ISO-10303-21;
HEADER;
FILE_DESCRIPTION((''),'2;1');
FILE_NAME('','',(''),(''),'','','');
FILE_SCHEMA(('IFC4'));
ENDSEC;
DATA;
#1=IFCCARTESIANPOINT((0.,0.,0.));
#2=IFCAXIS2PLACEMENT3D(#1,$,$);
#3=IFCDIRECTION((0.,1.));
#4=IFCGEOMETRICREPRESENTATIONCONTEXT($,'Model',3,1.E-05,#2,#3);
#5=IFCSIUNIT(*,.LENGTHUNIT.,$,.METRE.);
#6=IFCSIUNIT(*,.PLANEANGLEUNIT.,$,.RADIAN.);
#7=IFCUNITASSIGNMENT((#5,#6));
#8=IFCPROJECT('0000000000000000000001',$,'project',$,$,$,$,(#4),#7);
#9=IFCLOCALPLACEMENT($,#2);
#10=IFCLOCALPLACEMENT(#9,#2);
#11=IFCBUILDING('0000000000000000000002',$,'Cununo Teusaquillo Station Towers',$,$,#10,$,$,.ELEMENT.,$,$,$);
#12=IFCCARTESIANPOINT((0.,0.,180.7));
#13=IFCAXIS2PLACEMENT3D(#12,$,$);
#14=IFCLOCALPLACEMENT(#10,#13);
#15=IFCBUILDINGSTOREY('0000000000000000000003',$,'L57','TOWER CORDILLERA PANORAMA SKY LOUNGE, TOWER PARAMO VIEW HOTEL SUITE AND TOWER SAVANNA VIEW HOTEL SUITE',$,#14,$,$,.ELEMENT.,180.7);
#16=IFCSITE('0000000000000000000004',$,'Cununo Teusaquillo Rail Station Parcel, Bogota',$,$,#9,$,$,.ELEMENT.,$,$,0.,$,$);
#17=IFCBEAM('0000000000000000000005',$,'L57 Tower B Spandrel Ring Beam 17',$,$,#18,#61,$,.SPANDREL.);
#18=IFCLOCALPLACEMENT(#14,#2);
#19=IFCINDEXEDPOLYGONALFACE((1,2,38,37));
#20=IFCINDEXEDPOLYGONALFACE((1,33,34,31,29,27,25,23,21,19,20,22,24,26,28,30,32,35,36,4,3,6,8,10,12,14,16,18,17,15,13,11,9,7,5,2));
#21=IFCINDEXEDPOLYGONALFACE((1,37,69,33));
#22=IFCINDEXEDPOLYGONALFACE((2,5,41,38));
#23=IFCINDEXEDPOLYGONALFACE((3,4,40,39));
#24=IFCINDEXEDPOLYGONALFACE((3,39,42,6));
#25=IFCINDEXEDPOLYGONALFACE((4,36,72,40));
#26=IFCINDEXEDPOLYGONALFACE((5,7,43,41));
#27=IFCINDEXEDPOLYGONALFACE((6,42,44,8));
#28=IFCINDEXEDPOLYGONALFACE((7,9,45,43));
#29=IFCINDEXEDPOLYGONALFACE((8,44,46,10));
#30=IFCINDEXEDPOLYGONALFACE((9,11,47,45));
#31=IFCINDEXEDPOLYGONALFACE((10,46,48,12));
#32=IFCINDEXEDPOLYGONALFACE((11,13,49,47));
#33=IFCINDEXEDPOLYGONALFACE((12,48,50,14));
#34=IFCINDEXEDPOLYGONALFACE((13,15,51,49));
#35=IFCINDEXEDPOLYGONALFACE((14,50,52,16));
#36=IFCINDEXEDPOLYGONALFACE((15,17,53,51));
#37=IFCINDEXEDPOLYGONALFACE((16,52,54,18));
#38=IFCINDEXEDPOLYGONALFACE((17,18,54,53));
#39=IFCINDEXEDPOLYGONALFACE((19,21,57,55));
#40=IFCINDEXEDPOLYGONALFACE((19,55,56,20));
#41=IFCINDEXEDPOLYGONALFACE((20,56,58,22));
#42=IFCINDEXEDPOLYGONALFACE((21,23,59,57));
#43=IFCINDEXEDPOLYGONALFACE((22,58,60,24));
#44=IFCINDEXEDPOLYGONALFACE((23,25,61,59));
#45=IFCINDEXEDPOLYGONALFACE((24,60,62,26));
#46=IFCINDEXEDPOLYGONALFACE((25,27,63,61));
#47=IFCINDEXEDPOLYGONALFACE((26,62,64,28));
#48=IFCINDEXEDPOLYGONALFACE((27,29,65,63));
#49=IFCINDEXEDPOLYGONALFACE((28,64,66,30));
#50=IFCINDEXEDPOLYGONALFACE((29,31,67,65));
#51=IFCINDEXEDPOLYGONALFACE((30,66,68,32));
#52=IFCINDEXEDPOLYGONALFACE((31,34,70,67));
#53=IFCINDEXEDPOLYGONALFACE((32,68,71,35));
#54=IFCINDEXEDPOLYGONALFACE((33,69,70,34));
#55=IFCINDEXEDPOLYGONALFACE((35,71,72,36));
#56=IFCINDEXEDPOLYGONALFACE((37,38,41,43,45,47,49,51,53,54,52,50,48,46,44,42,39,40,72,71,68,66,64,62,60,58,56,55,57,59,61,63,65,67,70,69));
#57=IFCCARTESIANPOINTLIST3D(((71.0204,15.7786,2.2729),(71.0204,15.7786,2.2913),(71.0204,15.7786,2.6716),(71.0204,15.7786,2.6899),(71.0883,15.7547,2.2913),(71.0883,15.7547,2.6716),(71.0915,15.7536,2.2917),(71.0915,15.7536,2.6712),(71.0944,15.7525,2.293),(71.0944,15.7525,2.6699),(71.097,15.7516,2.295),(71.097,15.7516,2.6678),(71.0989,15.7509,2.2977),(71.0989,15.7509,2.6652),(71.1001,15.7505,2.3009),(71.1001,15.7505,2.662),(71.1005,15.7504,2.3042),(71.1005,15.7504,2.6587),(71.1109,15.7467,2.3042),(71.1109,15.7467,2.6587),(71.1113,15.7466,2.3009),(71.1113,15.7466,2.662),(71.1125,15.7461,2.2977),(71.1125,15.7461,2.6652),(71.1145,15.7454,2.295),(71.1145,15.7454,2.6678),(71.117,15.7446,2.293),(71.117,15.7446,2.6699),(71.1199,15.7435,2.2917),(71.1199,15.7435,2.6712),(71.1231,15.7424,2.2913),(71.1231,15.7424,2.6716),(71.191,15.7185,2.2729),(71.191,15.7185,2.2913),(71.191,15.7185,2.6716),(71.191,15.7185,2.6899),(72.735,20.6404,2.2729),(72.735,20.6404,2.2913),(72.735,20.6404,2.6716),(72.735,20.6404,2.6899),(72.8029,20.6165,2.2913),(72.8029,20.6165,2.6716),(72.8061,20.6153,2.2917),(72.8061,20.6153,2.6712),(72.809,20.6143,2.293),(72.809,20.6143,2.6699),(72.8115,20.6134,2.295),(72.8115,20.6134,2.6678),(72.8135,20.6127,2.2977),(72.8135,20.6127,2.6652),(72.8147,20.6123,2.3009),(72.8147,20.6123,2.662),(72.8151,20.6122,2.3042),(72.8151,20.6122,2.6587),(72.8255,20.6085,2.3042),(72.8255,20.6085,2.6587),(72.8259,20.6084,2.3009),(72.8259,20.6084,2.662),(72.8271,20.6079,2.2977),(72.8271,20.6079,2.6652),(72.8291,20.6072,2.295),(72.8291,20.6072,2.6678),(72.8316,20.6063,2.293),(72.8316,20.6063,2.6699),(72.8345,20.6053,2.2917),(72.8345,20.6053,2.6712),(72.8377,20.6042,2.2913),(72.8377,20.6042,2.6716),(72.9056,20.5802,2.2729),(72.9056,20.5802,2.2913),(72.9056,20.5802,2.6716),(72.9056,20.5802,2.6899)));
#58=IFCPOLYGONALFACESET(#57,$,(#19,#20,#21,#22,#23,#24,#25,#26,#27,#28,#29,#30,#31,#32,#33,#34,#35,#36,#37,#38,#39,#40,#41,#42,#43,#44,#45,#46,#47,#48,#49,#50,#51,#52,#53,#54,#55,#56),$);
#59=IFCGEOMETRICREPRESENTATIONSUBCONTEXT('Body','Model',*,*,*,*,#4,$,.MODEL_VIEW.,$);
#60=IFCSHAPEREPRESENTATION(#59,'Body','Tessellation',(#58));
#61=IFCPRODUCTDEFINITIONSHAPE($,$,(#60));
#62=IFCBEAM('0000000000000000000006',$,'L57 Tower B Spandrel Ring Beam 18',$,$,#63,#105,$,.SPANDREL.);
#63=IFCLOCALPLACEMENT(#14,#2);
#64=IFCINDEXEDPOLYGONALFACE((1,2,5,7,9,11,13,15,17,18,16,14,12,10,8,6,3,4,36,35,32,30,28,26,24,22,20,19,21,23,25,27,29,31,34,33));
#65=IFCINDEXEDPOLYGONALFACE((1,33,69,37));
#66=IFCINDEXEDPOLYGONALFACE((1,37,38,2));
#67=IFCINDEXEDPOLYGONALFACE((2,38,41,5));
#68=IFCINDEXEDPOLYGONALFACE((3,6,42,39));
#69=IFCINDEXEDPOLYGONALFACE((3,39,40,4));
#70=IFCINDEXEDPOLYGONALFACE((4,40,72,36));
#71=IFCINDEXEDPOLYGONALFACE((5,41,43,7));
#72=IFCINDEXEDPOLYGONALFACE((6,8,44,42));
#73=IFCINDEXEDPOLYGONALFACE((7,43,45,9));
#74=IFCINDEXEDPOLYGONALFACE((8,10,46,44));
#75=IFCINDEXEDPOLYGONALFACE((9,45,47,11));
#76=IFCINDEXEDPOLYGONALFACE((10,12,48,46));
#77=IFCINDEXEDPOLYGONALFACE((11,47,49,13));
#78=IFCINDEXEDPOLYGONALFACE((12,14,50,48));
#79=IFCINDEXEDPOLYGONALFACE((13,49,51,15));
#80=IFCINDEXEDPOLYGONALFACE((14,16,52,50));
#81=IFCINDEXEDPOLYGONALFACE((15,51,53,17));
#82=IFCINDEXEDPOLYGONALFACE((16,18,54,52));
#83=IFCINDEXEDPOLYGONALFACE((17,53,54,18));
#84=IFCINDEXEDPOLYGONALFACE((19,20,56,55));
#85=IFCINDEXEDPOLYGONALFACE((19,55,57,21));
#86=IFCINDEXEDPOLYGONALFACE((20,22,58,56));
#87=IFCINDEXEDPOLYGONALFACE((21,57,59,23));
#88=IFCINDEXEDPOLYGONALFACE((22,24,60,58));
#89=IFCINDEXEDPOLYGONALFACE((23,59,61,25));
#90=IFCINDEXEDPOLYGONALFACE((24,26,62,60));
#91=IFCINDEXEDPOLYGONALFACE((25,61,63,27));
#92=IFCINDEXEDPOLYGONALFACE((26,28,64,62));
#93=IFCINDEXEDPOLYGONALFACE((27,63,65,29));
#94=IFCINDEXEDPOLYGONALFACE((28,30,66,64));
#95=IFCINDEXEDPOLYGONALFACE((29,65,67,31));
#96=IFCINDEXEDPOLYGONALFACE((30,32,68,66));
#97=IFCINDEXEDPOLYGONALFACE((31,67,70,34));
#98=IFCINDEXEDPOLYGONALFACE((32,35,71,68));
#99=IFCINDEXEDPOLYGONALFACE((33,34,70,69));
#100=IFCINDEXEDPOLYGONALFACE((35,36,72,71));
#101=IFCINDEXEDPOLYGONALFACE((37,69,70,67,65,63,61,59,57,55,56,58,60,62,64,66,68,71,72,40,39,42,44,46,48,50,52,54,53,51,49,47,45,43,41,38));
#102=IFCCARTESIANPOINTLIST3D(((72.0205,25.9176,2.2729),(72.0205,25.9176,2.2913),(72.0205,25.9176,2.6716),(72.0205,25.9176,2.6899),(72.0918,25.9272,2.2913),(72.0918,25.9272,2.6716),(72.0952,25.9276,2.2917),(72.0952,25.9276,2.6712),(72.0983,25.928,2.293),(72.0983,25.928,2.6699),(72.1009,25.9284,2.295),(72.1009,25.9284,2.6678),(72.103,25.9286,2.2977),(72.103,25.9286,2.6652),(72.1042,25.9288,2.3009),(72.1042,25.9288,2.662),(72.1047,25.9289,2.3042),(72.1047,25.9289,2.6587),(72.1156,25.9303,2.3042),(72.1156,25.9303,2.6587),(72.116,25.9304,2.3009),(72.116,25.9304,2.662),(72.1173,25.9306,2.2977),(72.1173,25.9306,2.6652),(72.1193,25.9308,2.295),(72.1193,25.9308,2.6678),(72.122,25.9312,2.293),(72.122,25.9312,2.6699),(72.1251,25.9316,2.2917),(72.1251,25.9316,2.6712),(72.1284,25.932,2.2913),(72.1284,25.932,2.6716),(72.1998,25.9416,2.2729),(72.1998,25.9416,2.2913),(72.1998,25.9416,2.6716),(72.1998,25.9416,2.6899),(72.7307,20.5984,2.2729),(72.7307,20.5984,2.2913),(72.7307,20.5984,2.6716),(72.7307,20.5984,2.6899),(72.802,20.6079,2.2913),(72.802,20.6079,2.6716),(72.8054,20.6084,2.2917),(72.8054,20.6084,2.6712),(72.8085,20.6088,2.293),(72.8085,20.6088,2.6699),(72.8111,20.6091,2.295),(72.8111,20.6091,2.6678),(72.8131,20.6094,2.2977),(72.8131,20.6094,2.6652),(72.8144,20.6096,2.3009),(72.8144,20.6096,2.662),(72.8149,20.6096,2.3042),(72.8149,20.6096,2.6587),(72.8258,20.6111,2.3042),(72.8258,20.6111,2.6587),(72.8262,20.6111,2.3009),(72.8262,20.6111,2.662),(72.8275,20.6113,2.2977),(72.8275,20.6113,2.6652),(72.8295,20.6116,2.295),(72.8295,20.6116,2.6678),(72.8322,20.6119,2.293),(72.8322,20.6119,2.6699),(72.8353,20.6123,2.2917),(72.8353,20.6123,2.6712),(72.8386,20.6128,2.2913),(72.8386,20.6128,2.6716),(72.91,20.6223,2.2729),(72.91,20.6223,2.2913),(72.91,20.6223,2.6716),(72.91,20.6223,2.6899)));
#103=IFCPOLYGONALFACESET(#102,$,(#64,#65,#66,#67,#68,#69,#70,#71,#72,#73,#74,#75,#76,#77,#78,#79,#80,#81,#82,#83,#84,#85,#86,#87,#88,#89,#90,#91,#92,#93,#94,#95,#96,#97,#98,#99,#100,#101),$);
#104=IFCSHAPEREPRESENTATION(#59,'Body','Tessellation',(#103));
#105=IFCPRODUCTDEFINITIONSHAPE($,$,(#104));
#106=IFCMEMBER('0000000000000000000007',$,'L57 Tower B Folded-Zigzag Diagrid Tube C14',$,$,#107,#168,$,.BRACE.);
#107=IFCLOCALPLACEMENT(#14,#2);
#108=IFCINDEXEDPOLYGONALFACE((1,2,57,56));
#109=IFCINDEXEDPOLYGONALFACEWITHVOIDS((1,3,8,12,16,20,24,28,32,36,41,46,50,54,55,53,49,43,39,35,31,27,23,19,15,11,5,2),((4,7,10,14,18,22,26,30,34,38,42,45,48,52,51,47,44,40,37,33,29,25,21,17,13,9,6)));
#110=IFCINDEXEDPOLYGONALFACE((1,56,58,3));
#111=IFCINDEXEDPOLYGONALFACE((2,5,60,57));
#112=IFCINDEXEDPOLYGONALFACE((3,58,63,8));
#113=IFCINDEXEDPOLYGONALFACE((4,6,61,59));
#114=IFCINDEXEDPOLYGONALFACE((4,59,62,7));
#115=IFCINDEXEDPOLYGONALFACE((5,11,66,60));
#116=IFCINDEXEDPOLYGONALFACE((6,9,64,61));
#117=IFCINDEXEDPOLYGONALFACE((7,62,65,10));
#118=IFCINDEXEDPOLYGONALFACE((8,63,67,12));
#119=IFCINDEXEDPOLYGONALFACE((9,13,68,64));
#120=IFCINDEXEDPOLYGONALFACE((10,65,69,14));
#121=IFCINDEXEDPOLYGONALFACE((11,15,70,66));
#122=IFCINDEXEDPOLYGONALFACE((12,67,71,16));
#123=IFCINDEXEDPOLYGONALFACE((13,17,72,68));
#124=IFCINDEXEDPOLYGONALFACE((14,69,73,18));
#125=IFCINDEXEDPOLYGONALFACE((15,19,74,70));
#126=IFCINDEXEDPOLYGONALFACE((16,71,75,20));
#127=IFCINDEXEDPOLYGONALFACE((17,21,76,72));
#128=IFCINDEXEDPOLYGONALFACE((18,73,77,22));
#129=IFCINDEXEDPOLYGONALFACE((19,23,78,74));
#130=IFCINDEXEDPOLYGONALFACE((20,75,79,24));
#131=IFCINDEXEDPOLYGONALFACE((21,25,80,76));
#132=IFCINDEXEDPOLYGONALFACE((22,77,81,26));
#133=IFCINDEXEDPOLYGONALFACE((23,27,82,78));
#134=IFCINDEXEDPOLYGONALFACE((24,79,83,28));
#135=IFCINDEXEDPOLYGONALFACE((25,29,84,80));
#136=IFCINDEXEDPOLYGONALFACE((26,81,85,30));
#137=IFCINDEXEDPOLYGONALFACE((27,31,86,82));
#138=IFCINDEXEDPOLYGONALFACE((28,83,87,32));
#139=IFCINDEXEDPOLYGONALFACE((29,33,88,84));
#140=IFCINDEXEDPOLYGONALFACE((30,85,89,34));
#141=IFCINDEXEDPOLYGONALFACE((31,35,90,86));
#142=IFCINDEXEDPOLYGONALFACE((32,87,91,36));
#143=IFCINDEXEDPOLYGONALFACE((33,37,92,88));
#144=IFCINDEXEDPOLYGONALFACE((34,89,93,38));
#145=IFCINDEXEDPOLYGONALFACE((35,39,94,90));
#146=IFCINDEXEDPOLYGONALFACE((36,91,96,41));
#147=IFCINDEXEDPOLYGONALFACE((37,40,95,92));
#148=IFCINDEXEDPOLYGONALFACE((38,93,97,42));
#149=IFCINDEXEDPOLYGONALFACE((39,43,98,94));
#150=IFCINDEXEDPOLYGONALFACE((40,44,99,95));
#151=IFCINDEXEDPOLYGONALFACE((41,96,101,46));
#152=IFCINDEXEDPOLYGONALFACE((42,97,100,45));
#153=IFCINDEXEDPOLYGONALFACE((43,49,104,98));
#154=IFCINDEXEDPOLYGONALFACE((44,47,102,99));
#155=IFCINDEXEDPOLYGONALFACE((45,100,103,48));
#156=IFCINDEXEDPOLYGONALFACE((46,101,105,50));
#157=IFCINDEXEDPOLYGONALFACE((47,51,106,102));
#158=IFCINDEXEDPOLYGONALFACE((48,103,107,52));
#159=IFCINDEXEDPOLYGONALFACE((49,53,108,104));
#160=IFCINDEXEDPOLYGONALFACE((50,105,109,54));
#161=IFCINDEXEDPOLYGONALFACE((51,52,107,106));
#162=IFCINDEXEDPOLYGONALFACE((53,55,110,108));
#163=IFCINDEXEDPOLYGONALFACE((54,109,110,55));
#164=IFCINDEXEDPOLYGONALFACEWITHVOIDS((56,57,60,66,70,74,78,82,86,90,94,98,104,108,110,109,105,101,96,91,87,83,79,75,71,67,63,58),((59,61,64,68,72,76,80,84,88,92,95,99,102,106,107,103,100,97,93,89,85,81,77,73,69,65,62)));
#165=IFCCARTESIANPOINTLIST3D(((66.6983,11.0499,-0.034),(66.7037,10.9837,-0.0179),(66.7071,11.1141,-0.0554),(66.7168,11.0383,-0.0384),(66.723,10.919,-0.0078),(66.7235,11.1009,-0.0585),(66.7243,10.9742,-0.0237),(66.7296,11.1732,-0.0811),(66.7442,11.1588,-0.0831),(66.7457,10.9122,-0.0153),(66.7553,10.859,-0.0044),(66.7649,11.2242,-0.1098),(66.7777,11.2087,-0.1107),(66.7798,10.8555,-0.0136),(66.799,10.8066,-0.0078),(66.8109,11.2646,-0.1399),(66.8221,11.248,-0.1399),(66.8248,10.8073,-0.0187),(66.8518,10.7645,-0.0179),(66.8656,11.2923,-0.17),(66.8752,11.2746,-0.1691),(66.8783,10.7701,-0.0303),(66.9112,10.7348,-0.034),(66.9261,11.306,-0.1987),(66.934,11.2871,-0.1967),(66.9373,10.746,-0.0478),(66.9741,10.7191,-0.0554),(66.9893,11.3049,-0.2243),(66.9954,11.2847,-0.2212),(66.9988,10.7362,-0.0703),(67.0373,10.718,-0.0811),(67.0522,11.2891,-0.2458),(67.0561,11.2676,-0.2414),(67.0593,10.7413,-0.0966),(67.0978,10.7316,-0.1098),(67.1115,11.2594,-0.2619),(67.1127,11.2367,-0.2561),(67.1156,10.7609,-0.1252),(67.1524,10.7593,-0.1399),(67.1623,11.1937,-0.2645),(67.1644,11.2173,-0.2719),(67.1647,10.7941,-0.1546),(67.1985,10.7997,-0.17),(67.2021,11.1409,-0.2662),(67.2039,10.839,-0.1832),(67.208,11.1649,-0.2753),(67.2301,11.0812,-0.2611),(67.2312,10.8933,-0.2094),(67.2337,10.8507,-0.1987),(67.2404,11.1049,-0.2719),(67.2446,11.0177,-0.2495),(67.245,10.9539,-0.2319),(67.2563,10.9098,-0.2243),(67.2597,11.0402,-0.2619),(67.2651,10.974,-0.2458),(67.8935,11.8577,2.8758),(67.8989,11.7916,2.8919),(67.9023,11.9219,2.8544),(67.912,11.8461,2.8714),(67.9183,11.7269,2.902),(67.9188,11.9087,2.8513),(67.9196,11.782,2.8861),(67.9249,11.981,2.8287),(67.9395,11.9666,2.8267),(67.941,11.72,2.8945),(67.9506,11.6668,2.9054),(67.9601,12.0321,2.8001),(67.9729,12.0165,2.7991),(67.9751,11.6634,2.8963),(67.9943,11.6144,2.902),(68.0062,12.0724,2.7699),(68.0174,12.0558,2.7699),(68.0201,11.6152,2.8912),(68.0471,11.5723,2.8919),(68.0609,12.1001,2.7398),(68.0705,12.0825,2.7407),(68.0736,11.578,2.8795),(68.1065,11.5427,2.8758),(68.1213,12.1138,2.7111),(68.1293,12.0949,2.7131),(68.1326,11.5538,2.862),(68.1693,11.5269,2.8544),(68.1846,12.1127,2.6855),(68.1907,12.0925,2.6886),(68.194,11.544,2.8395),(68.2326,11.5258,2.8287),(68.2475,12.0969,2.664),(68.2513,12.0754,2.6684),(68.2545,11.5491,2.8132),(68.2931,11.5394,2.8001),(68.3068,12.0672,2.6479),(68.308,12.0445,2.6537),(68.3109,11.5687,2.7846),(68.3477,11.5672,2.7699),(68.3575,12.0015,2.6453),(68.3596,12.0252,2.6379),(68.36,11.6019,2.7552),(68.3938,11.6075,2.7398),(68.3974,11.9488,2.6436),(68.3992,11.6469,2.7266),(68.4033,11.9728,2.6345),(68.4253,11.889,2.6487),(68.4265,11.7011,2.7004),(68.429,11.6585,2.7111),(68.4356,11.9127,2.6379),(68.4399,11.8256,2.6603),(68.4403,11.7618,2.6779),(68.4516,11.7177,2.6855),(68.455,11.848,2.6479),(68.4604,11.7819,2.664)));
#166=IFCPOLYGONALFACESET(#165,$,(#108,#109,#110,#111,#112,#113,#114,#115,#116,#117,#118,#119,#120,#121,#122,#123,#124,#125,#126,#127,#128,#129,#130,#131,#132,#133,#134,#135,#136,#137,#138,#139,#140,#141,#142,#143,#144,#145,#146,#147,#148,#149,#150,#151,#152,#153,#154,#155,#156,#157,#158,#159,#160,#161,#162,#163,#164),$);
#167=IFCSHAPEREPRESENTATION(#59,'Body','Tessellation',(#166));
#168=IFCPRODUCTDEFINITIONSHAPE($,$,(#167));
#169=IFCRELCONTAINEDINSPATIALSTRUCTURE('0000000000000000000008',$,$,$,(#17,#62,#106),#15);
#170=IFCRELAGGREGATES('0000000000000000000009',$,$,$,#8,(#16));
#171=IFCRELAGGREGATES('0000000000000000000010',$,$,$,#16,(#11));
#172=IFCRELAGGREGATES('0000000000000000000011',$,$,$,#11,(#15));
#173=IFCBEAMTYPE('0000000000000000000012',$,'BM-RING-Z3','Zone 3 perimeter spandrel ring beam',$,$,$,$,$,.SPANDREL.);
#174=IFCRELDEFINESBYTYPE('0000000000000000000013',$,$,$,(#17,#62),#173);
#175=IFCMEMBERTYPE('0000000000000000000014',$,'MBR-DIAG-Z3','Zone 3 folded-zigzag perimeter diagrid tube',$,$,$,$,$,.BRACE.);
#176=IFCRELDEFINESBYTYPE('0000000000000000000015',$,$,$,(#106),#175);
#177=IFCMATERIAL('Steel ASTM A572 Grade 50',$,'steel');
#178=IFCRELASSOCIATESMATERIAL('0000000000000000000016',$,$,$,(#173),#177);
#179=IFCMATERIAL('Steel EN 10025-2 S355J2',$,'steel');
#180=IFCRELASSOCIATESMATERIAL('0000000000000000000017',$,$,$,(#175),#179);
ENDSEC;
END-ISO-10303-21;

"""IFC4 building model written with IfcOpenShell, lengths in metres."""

from ifc_helpers import new_model, si_unit, direction, frame, origin, origin_2d, place, context, subcontext, project, spatial, hollow_circle, i_section, extrude, material, material_profile, profile_set, type_object, element, save


model = new_model("IFC4")

# Units and contexts
model_context = context("Model", 3, precision=1e-05, world=origin(), true_north=direction((0.0, 1.0)))
body_context = subcontext(model_context, "Body", "Model", "MODEL_VIEW")
ifc_project = project(units=[si_unit("LENGTHUNIT", "METRE"), si_unit("PLANEANGLEUNIT", "RADIAN")], contexts=[model_context])

# Site, building, storey
site_placement = place(None, origin())
site = spatial("IfcSite", under=ifc_project, at=site_placement, Name="Cununo Teusaquillo Rail Station Parcel, Bogota", CompositionType="ELEMENT", RefElevation=0.0)
building_placement = place(site_placement, origin())
building = spatial("IfcBuilding", under=site, at=building_placement, Name="Cununo Teusaquillo Station Towers", CompositionType="ELEMENT")
storey_placement = place(building_placement, frame((0.0, 0.0, 180.7)))
storey = spatial("IfcBuildingStorey", under=building, at=storey_placement, Name="L57", Description="TOWER CORDILLERA PANORAMA SKY LOUNGE, TOWER PARAMO VIEW HOTEL SUITE AND TOWER SAVANNA VIEW HOTEL SUITE", CompositionType="ELEMENT", Elevation=180.7)

# Beams
ifc_material_1 = material(Name="Steel ASTM A572 Grade 50", Category="steel")
ifc_material_profile_1 = material_profile(ifc_material_1, i_section(OverallWidth=0.1809, OverallDepth=0.417, WebThickness=0.011, FlangeThickness=0.0183, FilletRadius=0.0129, at=origin_2d()), Name="W16X57")
ifc_profile_set_1 = profile_set([ifc_material_profile_1], Name="Steel ASTM A572 Grade 50")
beam_type_1 = type_object("IfcBeamType", Name="BM-RING-Z3", Description="Zone 3 perimeter spandrel ring beam", PredefinedType="SPANDREL", material=ifc_profile_set_1)
beam_1_placement = place(storey_placement, frame((71.1057, 15.7485, 2.4814), z_axis=(0.33259, 0.943072, 0.0), x_axis=(-0.943072, 0.33259, 0.0)))
element("IfcBeam", 1, at=beam_1_placement, inside=storey, type_object=beam_type_1, Name="L57 Tower B Spandrel Ring Beam 17", PredefinedType="SPANDREL", context=body_context, shape_type="SweptSolid", body=[
    extrude(i_section(OverallWidth=0.1809, OverallDepth=0.417, WebThickness=0.011, FlangeThickness=0.0183, FilletRadius=0.0129, at=origin_2d()), origin(), (0.0, 0.0, 1.0), 5.1553),
])
beam_2_placement = place(storey_placement, frame((72.8203, 20.6104, 2.4814), z_axis=(-0.13234, 0.991204, 0.0), x_axis=(-0.991204, -0.13234, 0.0)))
element("IfcBeam", 2, at=beam_2_placement, inside=storey, type_object=beam_type_1, Name="L57 Tower B Spandrel Ring Beam 18", PredefinedType="SPANDREL", context=body_context, shape_type="SweptSolid", body=[
    extrude(i_section(OverallWidth=0.1809, OverallDepth=0.417, WebThickness=0.011, FlangeThickness=0.0183, FilletRadius=0.0129, at=origin_2d()), origin(), (0.0, 0.0, 1.0), 5.3665),
])

# Member
ifc_material_2 = material(Name="Steel EN 10025-2 S355J2", Category="steel")
ifc_material_profile_2 = material_profile(ifc_material_2, hollow_circle(Radius=0.3049, WallThickness=0.02, at=origin_2d()), Name="CHS 610x20")
ifc_profile_set_2 = profile_set([ifc_material_profile_2], Name="Steel EN 10025-2 S355J2")
member_type = type_object("IfcMemberType", Name="MBR-DIAG-Z3", Description="Zone 3 folded-zigzag perimeter diagrid tube", PredefinedType="BRACE", material=ifc_profile_set_2)
member_1_placement = place(storey_placement, frame((66.9817, 11.012, -0.1399), z_axis=(0.368024, 0.248732, 0.89593), x_axis=(-0.559961, 0.828519, 0.0)))
element("IfcMember", 3, at=member_1_placement, inside=storey, type_object=member_type, Name="L57 Tower B Folded-Zigzag Diagrid Tube C14", PredefinedType="BRACE", context=body_context, shape_type="SweptSolid", body=[
    extrude(hollow_circle(Radius=0.3049, WallThickness=0.02, at=origin_2d()), origin(), (0.0, 0.0, 1.0), 3.2478),
])

save(model, "model.ifc")
